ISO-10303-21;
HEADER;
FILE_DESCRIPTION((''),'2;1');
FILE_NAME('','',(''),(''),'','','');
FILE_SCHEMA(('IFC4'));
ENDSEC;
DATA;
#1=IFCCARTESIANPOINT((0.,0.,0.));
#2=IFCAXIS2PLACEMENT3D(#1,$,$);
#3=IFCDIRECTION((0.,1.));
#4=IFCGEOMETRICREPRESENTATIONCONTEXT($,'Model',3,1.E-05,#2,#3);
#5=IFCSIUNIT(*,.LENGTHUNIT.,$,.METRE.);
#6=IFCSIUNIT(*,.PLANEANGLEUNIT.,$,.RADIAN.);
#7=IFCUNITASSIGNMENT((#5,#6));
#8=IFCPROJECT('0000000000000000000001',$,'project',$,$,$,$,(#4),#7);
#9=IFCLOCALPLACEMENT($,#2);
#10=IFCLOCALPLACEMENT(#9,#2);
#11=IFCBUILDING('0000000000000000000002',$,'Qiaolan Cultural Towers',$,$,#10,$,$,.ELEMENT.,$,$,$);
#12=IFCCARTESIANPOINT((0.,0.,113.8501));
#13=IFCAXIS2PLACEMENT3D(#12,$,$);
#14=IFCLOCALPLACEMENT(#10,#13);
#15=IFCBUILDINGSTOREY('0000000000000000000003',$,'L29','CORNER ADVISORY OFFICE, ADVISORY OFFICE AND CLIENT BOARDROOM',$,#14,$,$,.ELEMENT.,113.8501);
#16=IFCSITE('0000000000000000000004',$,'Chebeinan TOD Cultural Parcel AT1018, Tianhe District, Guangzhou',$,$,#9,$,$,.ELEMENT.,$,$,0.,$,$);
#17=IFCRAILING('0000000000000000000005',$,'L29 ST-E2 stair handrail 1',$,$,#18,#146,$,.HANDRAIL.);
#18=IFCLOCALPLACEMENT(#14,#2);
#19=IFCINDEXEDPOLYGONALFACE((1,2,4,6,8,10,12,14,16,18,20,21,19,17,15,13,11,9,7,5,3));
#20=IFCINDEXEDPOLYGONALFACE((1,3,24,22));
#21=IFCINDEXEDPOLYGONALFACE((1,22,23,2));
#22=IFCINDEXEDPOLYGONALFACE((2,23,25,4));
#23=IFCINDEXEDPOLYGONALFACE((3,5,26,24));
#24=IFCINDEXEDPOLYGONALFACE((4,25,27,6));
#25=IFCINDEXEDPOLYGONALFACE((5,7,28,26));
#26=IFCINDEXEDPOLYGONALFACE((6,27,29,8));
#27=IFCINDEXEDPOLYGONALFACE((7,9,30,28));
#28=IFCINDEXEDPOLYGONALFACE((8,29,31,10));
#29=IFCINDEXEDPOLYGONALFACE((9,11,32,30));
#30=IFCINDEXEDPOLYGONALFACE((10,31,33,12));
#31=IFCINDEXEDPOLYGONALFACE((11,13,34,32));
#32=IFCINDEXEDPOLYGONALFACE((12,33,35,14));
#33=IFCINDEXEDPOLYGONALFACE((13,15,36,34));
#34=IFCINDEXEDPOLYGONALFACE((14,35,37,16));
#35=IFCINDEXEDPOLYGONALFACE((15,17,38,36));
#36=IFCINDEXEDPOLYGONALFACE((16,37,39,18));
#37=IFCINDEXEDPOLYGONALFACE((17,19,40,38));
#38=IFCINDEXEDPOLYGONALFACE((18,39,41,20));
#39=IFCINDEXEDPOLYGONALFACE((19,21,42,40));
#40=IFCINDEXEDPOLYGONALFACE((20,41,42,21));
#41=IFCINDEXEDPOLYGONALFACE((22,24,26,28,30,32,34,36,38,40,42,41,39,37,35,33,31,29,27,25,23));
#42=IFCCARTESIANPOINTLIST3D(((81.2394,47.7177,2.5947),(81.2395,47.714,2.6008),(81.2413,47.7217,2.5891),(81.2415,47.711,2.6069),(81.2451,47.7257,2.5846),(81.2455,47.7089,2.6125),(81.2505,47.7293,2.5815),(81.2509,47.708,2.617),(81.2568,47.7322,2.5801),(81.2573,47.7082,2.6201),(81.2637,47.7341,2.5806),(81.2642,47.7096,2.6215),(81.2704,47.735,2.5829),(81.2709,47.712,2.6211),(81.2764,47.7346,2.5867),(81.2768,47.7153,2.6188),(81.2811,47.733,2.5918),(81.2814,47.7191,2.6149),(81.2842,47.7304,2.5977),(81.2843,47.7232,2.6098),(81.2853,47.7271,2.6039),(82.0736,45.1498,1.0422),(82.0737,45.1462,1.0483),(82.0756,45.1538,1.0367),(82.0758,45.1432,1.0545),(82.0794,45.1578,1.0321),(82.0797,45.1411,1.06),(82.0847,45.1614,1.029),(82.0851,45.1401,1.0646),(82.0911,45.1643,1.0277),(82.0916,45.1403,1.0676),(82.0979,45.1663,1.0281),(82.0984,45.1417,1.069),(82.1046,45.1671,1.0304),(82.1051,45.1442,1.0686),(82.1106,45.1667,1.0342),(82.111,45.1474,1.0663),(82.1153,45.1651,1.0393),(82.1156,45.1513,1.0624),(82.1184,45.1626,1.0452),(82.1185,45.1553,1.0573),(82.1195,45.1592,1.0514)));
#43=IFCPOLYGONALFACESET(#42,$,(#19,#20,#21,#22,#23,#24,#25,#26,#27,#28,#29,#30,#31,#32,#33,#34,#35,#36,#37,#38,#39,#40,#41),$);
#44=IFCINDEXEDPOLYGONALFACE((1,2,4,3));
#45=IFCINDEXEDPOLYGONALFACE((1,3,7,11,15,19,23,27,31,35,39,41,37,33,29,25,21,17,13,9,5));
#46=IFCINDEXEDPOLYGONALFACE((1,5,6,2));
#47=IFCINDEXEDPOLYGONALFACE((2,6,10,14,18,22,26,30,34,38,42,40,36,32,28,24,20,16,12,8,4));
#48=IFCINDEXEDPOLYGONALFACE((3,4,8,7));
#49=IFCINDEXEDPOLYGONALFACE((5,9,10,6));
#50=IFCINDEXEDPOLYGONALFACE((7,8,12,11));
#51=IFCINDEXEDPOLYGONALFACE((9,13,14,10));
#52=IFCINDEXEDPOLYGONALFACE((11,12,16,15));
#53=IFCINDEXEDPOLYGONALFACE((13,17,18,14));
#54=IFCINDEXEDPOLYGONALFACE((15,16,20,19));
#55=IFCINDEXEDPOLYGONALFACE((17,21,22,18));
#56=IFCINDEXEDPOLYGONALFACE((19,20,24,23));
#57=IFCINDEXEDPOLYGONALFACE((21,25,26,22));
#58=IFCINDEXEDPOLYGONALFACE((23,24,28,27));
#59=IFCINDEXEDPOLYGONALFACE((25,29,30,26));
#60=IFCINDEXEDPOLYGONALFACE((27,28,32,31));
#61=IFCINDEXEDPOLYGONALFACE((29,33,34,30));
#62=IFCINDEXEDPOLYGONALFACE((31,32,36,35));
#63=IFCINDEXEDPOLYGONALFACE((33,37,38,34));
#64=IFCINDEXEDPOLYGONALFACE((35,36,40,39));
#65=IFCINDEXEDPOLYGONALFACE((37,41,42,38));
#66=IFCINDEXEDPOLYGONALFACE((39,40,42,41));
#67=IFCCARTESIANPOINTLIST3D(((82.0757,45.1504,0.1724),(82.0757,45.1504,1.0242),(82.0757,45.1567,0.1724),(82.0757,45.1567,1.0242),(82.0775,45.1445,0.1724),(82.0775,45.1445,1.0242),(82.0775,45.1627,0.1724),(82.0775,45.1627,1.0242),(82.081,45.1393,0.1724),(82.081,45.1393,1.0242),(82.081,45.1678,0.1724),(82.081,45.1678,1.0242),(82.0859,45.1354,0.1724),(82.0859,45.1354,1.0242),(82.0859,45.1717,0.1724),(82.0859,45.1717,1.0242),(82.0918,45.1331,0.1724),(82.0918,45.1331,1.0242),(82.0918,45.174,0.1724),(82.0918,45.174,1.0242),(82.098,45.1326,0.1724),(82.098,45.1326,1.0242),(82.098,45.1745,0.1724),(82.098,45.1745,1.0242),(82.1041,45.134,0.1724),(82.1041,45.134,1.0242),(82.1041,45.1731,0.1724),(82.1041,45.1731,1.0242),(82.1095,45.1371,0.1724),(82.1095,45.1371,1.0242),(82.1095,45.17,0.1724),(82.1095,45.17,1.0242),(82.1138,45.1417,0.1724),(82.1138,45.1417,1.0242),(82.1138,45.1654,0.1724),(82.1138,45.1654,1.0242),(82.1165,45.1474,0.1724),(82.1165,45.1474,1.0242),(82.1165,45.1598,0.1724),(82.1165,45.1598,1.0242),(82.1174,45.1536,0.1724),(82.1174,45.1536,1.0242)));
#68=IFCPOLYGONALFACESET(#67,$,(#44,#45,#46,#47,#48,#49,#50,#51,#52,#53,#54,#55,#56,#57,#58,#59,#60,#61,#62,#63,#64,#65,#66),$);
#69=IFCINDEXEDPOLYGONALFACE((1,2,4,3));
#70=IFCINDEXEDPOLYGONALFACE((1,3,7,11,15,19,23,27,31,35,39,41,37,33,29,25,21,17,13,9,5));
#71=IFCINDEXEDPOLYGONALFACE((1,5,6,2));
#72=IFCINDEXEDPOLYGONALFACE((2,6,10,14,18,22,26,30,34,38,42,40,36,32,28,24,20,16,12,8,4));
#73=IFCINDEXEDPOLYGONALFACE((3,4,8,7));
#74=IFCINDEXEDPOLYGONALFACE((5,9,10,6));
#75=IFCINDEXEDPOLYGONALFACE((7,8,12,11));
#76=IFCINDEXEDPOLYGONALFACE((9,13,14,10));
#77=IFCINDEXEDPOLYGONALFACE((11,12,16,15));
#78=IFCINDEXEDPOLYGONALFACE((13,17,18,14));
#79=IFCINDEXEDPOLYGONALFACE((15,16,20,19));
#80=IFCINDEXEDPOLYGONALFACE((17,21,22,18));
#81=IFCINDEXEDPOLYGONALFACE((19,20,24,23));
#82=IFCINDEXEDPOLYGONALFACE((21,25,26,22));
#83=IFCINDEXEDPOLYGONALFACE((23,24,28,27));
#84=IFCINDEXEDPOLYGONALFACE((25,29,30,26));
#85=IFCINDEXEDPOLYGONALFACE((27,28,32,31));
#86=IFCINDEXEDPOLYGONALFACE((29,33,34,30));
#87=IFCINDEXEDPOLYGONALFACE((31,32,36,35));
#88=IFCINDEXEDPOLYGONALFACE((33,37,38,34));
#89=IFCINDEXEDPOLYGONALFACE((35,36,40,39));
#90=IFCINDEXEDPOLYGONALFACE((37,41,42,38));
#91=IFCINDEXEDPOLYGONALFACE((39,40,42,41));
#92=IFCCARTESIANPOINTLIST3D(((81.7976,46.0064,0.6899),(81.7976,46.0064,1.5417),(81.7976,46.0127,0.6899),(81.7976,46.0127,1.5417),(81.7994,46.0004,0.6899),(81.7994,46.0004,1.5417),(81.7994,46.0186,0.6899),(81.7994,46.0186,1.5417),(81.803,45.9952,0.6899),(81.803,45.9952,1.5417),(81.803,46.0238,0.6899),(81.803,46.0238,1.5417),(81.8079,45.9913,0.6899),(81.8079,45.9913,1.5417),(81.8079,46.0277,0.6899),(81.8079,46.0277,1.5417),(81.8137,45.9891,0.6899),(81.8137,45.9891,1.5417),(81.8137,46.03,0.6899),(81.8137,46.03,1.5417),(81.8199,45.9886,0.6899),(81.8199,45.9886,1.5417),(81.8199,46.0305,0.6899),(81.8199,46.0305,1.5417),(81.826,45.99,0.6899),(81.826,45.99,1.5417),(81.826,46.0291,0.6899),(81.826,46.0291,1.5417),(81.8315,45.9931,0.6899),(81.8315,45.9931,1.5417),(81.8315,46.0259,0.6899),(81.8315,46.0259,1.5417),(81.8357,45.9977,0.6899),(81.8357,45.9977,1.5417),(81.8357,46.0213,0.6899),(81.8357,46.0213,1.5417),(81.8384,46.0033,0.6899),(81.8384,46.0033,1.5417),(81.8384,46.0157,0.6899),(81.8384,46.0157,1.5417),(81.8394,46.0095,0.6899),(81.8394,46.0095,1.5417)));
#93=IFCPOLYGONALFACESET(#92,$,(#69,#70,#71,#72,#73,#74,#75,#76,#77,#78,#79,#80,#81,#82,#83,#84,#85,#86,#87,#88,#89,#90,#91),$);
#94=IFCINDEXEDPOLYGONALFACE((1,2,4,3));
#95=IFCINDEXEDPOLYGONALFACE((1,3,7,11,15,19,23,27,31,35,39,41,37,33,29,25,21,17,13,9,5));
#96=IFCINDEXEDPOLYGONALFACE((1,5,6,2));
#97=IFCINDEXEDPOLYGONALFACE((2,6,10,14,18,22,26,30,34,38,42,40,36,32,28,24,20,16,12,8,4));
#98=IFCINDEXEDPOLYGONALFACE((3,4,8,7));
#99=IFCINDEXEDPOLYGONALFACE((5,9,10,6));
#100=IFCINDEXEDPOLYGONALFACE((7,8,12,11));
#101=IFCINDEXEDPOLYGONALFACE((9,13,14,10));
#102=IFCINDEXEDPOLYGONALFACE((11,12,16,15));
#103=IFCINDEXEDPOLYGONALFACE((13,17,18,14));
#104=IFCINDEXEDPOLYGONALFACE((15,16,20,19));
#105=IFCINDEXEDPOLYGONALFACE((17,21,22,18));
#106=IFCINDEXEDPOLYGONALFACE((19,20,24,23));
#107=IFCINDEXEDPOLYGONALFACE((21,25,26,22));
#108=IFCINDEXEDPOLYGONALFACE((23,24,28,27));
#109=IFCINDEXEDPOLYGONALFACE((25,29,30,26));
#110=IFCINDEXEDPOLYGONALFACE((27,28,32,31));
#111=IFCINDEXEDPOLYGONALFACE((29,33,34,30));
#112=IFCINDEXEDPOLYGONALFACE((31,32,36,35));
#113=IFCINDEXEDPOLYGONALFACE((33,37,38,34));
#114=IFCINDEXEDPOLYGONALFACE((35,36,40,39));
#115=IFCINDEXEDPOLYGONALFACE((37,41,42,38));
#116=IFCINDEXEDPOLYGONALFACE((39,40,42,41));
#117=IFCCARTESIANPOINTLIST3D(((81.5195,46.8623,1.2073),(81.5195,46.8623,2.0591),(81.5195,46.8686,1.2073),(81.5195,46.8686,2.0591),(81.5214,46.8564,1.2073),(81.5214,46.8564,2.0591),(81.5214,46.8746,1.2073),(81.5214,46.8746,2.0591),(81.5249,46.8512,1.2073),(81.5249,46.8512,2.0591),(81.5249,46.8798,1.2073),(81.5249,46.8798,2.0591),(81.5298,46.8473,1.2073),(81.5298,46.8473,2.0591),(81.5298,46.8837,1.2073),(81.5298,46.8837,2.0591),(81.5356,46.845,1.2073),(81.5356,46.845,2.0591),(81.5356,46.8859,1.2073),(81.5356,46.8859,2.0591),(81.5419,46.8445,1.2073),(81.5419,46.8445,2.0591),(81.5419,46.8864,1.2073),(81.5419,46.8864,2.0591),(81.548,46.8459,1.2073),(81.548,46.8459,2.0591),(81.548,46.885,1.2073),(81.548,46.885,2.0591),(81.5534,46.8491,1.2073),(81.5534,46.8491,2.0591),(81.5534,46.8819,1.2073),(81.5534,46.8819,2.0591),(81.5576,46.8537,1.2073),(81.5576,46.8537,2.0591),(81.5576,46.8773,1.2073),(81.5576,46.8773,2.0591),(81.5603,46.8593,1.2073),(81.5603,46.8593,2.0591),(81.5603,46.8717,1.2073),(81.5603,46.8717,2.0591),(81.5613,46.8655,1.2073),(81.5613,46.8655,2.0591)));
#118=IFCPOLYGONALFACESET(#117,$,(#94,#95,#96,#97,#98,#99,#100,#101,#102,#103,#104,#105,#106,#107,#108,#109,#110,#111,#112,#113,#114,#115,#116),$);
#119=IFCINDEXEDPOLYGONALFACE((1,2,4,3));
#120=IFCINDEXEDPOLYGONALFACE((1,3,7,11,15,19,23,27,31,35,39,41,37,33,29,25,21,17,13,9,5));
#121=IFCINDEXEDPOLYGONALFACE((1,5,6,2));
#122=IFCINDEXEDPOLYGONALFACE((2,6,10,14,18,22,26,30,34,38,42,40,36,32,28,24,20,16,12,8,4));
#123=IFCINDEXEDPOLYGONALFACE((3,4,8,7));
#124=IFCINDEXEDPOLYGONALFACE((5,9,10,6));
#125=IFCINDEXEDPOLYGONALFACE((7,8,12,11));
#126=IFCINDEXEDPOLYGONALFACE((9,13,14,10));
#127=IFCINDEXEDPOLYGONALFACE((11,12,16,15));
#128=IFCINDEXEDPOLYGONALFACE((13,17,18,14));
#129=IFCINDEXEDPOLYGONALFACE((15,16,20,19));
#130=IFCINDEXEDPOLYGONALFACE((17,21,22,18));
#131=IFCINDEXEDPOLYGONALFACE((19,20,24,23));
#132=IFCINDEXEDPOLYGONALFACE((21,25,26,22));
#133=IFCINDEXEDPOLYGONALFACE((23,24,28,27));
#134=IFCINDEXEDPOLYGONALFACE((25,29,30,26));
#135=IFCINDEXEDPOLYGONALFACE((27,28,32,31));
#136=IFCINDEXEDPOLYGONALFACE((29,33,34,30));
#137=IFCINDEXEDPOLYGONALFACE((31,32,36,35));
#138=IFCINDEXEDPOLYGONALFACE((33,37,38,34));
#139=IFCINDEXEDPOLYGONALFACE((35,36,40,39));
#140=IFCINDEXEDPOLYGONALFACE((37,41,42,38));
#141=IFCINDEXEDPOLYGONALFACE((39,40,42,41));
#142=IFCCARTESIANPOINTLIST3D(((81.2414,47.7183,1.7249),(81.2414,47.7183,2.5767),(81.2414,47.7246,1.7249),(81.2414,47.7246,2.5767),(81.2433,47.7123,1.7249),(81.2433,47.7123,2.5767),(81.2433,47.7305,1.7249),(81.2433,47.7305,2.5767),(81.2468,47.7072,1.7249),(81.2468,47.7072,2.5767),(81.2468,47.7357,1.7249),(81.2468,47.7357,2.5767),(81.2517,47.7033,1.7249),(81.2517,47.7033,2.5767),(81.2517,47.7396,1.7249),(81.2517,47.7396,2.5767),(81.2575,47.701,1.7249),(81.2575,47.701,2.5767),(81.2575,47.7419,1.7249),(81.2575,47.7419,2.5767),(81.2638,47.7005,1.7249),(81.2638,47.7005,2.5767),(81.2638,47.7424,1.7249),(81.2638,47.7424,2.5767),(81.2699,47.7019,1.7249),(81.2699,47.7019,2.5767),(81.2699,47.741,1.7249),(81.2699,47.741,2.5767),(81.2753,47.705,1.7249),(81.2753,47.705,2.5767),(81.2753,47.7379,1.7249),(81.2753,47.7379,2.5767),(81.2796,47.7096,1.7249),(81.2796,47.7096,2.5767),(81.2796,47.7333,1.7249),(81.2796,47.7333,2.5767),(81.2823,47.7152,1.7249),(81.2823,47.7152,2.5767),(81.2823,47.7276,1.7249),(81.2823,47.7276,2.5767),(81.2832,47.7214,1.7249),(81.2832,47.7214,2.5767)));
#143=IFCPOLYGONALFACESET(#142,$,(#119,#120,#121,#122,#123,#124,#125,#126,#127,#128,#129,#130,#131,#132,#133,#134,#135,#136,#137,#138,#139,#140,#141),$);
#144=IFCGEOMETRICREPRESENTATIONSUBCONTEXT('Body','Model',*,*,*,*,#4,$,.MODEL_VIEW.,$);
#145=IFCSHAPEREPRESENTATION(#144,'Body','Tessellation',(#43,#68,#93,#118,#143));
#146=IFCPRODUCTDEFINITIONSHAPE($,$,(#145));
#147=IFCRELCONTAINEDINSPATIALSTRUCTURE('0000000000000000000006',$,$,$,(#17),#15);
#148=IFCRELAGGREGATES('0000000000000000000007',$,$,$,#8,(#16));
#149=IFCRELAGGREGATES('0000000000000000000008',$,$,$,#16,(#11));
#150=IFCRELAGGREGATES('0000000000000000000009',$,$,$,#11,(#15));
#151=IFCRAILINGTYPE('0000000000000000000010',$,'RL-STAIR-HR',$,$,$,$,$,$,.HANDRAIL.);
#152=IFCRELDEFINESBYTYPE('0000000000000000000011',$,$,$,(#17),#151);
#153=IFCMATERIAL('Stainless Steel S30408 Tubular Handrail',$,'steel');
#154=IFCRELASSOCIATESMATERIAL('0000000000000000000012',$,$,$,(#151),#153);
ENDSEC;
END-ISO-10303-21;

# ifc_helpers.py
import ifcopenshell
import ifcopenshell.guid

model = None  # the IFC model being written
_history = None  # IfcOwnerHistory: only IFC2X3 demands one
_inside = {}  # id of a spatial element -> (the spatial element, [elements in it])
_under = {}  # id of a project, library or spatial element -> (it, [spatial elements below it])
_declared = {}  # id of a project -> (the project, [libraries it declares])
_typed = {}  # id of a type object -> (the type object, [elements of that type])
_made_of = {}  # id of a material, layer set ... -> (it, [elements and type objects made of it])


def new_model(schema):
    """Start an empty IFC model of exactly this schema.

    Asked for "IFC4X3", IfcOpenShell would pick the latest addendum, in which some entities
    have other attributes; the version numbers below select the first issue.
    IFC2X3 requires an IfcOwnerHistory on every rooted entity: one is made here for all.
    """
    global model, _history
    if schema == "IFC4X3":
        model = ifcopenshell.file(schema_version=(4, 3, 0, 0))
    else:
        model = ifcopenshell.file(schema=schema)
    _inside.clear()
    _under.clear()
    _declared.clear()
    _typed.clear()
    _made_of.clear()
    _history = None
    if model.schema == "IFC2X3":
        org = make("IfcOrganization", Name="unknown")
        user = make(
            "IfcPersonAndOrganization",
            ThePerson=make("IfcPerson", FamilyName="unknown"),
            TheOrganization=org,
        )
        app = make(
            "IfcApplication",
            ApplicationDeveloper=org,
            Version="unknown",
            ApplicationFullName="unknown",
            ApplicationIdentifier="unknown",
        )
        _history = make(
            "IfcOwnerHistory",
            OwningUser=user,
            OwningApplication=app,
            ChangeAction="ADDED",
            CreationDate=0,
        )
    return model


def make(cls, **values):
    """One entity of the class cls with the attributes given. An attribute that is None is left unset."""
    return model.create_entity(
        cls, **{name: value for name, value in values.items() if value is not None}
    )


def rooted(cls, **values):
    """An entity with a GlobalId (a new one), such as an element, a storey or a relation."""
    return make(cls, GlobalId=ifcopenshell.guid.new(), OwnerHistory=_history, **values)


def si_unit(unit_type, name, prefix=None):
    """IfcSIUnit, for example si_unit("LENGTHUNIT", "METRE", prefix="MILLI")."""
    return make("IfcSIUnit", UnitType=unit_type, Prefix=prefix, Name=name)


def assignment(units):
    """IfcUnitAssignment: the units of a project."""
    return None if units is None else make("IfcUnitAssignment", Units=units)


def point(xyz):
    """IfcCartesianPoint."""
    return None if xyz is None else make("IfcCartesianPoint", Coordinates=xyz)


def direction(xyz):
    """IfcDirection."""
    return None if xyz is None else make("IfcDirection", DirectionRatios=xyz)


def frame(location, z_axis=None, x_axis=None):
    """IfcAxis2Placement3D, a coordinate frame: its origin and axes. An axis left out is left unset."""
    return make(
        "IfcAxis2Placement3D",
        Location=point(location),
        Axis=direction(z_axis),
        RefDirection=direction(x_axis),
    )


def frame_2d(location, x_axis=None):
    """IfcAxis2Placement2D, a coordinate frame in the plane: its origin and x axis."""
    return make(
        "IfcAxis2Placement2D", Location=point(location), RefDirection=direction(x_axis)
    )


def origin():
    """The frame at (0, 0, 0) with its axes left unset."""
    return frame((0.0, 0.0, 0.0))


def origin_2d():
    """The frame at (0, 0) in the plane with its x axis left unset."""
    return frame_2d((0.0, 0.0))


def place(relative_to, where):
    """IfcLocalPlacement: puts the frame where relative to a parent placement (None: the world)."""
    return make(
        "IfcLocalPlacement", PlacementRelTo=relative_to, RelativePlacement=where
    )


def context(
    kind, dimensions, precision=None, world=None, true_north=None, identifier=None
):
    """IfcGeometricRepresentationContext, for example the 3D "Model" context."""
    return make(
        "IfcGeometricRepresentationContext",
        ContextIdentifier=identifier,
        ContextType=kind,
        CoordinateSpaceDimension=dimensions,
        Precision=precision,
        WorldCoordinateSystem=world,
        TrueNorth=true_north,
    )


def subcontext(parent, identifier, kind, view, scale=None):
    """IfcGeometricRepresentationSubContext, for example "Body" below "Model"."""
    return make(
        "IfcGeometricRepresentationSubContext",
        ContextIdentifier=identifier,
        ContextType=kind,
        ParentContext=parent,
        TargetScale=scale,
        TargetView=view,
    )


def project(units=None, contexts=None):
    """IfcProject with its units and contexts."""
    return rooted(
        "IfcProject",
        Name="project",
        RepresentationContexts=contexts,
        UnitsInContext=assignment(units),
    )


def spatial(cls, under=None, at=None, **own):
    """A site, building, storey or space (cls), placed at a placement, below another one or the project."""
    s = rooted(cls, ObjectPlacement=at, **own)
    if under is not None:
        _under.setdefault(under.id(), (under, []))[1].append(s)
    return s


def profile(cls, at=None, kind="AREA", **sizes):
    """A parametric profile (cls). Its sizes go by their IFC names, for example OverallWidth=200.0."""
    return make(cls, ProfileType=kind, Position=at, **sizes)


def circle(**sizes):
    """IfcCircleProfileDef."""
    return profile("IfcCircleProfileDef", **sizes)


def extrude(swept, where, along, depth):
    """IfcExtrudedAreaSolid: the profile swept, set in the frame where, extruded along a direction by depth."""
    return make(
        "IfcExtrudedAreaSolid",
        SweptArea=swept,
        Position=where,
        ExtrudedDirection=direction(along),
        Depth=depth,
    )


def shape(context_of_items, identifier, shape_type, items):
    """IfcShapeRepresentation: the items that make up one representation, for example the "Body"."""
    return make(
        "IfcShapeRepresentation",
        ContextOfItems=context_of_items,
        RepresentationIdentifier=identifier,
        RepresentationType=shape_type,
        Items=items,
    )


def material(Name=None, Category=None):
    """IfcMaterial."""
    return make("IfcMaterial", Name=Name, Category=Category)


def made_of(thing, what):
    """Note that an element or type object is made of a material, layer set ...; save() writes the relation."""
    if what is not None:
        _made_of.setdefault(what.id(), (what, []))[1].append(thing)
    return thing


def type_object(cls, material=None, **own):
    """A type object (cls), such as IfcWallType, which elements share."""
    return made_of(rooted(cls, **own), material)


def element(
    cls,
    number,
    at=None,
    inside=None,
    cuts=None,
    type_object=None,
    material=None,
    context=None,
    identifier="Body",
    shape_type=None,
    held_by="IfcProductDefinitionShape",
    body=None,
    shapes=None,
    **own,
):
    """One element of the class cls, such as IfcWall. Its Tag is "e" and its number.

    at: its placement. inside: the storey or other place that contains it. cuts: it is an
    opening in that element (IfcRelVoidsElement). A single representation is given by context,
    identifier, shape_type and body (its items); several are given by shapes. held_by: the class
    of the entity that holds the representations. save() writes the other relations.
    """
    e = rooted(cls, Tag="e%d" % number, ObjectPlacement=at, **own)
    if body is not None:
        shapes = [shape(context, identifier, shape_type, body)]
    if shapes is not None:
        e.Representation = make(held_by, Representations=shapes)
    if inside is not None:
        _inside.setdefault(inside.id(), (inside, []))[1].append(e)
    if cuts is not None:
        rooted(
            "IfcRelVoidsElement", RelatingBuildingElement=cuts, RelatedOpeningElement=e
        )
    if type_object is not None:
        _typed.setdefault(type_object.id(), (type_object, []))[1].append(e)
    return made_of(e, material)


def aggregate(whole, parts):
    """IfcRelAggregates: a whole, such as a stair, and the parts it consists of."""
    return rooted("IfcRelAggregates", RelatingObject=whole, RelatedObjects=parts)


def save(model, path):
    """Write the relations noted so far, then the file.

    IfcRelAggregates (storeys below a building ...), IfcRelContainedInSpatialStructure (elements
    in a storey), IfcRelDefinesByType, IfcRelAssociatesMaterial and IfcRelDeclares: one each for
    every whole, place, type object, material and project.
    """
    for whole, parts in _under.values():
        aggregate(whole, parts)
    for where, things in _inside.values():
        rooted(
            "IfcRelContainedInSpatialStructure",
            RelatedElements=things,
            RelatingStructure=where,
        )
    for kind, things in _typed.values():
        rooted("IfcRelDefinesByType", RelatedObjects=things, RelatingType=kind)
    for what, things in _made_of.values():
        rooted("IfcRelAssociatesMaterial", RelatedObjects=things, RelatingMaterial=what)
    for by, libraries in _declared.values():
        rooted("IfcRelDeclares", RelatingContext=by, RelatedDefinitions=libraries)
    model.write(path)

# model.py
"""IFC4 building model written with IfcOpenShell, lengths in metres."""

from ifc_helpers import new_model, si_unit, direction, frame, origin, origin_2d, place, context, subcontext, project, spatial, circle, extrude, material, type_object, element, save


model = new_model("IFC4")

# Units and contexts
model_context = context("Model", 3, precision=1e-05, world=origin(), true_north=direction((0.0, 1.0)))
body_context = subcontext(model_context, "Body", "Model", "MODEL_VIEW")
ifc_project = project(units=[si_unit("LENGTHUNIT", "METRE"), si_unit("PLANEANGLEUNIT", "RADIAN")], contexts=[model_context])

# Site, building, storey
site_placement = place(None, origin())
site = spatial("IfcSite", under=ifc_project, at=site_placement, Name="Chebeinan TOD Cultural Parcel AT1018, Tianhe District, Guangzhou", CompositionType="ELEMENT", RefElevation=0.0)
building_placement = place(site_placement, origin())
building = spatial("IfcBuilding", under=site, at=building_placement, Name="Qiaolan Cultural Towers", CompositionType="ELEMENT")
storey_placement = place(building_placement, frame((0.0, 0.0, 113.8501)))
storey = spatial("IfcBuildingStorey", under=building, at=storey_placement, Name="L29", Description="CORNER ADVISORY OFFICE, ADVISORY OFFICE AND CLIENT BOARDROOM", CompositionType="ELEMENT", Elevation=113.8501)

# Railing
ifc_material_1 = material(Name="Stainless Steel S30408 Tubular Handrail", Category="steel")
railing_type_1 = type_object("IfcRailingType", Name="RL-STAIR-HR", PredefinedType="HANDRAIL", material=ifc_material_1)
railing_1_placement = place(storey_placement, frame((82.0964, 45.1536, 0.1724)))
element("IfcRailing", 1, at=railing_1_placement, inside=storey, type_object=railing_type_1, Name="L29 ST-E2 stair handrail 1", PredefinedType="HANDRAIL", context=body_context, shape_type="SweptSolid", body=[
    extrude(circle(Radius=0.0239, at=origin_2d()), frame((0.0, 0.0, 0.876), z_axis=(-0.267853, 0.824488, 0.498471), x_axis=(-0.95107, -0.308976, 0.0)), (0.0, 0.0, 1.0), 3.1145),
    extrude(circle(Radius=0.021, at=origin_2d()), origin(), (0.0, 0.0, 1.0), 0.8518),
    extrude(circle(Radius=0.021, at=origin_2d()), frame((-0.2781, 0.856, 0.5176)), (0.0, 0.0, 1.0), 0.8518),
    extrude(circle(Radius=0.021, at=origin_2d()), frame((-0.5562, 1.7119, 1.0349)), (0.0, 0.0, 1.0), 0.8518),
    extrude(circle(Radius=0.021, at=origin_2d()), frame((-0.8342, 2.5679, 1.5525)), (0.0, 0.0, 1.0), 0.8518),
])

save(model, "model.ifc")
